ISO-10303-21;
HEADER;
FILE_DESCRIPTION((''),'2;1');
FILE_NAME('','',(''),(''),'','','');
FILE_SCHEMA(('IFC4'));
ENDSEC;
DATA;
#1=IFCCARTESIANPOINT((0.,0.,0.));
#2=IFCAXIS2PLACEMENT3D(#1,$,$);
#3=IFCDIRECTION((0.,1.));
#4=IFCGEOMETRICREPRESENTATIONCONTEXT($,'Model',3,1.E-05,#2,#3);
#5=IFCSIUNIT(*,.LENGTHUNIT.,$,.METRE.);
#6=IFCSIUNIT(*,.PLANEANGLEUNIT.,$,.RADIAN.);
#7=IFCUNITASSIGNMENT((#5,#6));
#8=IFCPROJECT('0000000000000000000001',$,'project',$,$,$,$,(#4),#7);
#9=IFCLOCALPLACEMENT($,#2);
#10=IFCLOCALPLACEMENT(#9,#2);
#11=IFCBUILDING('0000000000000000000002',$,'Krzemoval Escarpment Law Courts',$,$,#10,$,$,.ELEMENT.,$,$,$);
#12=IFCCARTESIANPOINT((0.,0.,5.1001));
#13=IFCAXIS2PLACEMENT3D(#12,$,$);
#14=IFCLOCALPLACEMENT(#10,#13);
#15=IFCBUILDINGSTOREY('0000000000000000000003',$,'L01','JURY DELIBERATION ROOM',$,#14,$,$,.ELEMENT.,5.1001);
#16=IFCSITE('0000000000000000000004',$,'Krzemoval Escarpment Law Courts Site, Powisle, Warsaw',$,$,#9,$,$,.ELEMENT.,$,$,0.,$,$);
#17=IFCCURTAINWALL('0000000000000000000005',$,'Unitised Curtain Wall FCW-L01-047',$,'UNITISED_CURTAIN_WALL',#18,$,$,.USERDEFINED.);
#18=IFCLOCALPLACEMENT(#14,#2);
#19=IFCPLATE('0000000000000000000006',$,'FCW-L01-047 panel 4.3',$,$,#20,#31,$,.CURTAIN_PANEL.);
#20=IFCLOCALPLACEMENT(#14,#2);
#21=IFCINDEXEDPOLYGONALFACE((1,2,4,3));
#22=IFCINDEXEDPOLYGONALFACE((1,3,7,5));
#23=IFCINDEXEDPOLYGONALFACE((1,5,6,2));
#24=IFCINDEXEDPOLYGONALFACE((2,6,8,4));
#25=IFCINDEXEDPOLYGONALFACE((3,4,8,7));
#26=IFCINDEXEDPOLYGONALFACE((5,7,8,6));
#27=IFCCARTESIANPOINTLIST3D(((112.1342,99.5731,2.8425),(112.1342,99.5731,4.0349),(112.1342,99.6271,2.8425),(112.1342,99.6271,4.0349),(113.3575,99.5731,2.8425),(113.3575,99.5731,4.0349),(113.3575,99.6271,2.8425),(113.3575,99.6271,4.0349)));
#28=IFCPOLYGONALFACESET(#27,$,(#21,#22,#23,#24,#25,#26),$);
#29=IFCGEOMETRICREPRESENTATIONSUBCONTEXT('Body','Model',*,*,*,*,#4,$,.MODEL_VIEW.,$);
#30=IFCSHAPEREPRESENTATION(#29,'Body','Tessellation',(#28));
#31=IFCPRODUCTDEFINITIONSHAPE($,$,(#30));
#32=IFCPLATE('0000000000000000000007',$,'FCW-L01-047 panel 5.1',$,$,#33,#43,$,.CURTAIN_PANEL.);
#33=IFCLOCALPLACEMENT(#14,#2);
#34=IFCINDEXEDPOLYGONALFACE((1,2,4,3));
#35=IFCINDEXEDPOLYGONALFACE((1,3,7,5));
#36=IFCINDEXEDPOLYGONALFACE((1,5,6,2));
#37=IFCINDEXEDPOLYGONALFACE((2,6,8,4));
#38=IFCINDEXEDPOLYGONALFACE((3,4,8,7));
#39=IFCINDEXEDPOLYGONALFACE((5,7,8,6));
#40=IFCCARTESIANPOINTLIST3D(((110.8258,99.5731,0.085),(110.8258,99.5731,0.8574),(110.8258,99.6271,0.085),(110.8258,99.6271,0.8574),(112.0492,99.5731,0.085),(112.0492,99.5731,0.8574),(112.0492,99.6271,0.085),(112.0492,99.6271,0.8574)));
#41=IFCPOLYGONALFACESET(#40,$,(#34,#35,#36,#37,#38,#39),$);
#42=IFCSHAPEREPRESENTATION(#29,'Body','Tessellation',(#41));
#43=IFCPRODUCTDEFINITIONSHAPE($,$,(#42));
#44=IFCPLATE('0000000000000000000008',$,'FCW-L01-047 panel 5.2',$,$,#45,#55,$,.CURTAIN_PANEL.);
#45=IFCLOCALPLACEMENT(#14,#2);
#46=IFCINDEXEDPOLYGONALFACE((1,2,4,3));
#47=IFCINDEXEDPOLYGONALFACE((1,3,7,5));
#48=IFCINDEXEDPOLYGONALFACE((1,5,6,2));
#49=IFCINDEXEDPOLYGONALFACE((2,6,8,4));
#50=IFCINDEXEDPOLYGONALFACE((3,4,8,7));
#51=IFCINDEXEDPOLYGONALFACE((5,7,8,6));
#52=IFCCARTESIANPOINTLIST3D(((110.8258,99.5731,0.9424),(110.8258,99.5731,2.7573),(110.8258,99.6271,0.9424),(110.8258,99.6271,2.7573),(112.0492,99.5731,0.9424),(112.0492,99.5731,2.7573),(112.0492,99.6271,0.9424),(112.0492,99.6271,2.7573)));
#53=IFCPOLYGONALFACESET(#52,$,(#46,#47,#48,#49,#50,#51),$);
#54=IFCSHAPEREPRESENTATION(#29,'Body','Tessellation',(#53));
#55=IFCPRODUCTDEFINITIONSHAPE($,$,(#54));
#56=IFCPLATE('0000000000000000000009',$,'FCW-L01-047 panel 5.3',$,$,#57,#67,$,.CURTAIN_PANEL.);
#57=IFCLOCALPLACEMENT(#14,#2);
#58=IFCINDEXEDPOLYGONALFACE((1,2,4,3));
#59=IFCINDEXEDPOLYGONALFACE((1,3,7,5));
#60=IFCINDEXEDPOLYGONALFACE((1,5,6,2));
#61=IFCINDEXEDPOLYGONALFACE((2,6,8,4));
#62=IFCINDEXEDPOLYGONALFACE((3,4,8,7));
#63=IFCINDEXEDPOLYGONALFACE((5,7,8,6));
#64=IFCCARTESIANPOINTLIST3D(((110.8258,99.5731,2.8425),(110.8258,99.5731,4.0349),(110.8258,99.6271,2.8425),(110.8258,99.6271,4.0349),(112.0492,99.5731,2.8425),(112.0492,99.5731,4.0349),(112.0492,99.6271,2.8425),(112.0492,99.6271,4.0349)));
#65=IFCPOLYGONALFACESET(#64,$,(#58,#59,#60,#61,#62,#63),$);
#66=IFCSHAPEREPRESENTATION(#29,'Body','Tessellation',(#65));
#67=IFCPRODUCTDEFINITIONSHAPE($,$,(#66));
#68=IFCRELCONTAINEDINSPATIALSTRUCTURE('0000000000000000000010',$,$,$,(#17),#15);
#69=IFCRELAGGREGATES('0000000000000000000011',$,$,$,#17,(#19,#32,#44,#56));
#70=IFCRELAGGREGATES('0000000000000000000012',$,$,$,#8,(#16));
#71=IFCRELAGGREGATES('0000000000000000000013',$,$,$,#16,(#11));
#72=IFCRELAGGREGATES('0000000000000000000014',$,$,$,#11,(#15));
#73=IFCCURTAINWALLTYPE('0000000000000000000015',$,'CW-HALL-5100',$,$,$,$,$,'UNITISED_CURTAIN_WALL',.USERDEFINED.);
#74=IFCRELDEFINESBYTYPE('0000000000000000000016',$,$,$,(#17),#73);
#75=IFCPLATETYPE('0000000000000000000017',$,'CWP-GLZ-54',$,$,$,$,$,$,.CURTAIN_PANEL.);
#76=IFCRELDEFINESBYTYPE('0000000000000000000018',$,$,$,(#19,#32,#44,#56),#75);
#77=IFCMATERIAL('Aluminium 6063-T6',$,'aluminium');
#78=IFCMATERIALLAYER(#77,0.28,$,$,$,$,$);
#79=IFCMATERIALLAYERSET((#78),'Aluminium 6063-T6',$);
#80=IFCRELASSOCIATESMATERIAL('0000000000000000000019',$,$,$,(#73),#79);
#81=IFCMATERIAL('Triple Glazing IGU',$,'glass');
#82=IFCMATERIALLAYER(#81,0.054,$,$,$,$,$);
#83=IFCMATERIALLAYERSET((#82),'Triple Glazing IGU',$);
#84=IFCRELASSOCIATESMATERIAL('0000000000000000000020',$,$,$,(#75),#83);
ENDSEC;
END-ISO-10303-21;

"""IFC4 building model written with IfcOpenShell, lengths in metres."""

from ifc_helpers import new_model, si_unit, direction, frame, origin, origin_2d, place, context, subcontext, project, spatial, rectangle, extrude, material, layer, layer_set, type_object, element, aggregate, save


model = new_model("IFC4")

# Units and contexts
model_context = context("Model", 3, precision=1e-05, world=origin(), true_north=direction((0.0, 1.0)))
body_context = subcontext(model_context, "Body", "Model", "MODEL_VIEW")
ifc_project = project(units=[si_unit("LENGTHUNIT", "METRE"), si_unit("PLANEANGLEUNIT", "RADIAN")], contexts=[model_context])

# Site, building, storey
site_placement = place(None, origin())
site = spatial("IfcSite", under=ifc_project, at=site_placement, Name="Krzemoval Escarpment Law Courts Site, Powisle, Warsaw", CompositionType="ELEMENT", RefElevation=0.0)
building_placement = place(site_placement, origin())
building = spatial("IfcBuilding", under=site, at=building_placement, Name="Krzemoval Escarpment Law Courts", CompositionType="ELEMENT")
storey_placement = place(building_placement, frame((0.0, 0.0, 5.1001)))
storey = spatial("IfcBuildingStorey", under=building, at=storey_placement, Name="L01", Description="JURY DELIBERATION ROOM", CompositionType="ELEMENT", Elevation=5.1001)

# Curtain wall
ifc_material_1 = material(Name="Aluminium 6063-T6", Category="aluminium")
ifc_layer_1 = layer(ifc_material_1, 0.28)
ifc_layer_set_1 = layer_set([ifc_layer_1], Name="Aluminium 6063-T6")
curtain_wall_type = type_object("IfcCurtainWallType", Name="CW-HALL-5100", ElementType="UNITISED_CURTAIN_WALL", PredefinedType="USERDEFINED", material=ifc_layer_set_1)
curtain_wall_placement = place(storey_placement, origin())
curtain_wall = element("IfcCurtainWall", 1, at=curtain_wall_placement, inside=storey, type_object=curtain_wall_type, Name="Unitised Curtain Wall FCW-L01-047", ObjectType="UNITISED_CURTAIN_WALL", PredefinedType="USERDEFINED")

# Plates
ifc_material_2 = material(Name="Triple Glazing IGU", Category="glass")
ifc_layer_2 = layer(ifc_material_2, 0.054)
ifc_layer_set_2 = layer_set([ifc_layer_2], Name="Triple Glazing IGU")
plate_type = type_object("IfcPlateType", Name="CWP-GLZ-54", PredefinedType="CURTAIN_PANEL", material=ifc_layer_set_2)
plate_1_placement = place(storey_placement, frame((112.7458, 99.6001, 2.8425), z_axis=(0.0, 0.0, 1.0), x_axis=(-1.0, 0.0, 0.0)))
plate_1 = element("IfcPlate", 2, at=plate_1_placement, type_object=plate_type, Name="FCW-L01-047 panel 4.3", PredefinedType="CURTAIN_PANEL", context=body_context, shape_type="SweptSolid", body=[
    extrude(rectangle(XDim=1.2234, YDim=0.054, at=origin_2d()), origin(), (0.0, 0.0, 1.0), 1.1924),
])
plate_2_placement = place(storey_placement, frame((111.4375, 99.6001, 0.085), z_axis=(0.0, 0.0, 1.0), x_axis=(-1.0, 0.0, 0.0)))
plate_2 = element("IfcPlate", 3, at=plate_2_placement, type_object=plate_type, Name="FCW-L01-047 panel 5.1", PredefinedType="CURTAIN_PANEL", context=body_context, shape_type="SweptSolid", body=[
    extrude(rectangle(XDim=1.2234, YDim=0.054, at=origin_2d()), origin(), (0.0, 0.0, 1.0), 0.7725),
])
plate_3_placement = place(storey_placement, frame((111.4375, 99.6001, 0.9424), z_axis=(0.0, 0.0, 1.0), x_axis=(-1.0, 0.0, 0.0)))
plate_3 = element("IfcPlate", 4, at=plate_3_placement, type_object=plate_type, Name="FCW-L01-047 panel 5.2", PredefinedType="CURTAIN_PANEL", context=body_context, shape_type="SweptSolid", body=[
    extrude(rectangle(XDim=1.2234, YDim=0.054, at=origin_2d()), origin(), (0.0, 0.0, 1.0), 1.8149),
])
plate_4_placement = place(storey_placement, frame((111.4375, 99.6001, 2.8425), z_axis=(0.0, 0.0, 1.0), x_axis=(-1.0, 0.0, 0.0)))
plate_4 = element("IfcPlate", 5, at=plate_4_placement, type_object=plate_type, Name="FCW-L01-047 panel 5.3", PredefinedType="CURTAIN_PANEL", context=body_context, shape_type="SweptSolid", body=[
    extrude(rectangle(XDim=1.2234, YDim=0.054, at=origin_2d()), origin(), (0.0, 0.0, 1.0), 1.1924),
])
aggregate(curtain_wall, [plate_1, plate_2, plate_3, plate_4])

save(model, "model.ifc")
